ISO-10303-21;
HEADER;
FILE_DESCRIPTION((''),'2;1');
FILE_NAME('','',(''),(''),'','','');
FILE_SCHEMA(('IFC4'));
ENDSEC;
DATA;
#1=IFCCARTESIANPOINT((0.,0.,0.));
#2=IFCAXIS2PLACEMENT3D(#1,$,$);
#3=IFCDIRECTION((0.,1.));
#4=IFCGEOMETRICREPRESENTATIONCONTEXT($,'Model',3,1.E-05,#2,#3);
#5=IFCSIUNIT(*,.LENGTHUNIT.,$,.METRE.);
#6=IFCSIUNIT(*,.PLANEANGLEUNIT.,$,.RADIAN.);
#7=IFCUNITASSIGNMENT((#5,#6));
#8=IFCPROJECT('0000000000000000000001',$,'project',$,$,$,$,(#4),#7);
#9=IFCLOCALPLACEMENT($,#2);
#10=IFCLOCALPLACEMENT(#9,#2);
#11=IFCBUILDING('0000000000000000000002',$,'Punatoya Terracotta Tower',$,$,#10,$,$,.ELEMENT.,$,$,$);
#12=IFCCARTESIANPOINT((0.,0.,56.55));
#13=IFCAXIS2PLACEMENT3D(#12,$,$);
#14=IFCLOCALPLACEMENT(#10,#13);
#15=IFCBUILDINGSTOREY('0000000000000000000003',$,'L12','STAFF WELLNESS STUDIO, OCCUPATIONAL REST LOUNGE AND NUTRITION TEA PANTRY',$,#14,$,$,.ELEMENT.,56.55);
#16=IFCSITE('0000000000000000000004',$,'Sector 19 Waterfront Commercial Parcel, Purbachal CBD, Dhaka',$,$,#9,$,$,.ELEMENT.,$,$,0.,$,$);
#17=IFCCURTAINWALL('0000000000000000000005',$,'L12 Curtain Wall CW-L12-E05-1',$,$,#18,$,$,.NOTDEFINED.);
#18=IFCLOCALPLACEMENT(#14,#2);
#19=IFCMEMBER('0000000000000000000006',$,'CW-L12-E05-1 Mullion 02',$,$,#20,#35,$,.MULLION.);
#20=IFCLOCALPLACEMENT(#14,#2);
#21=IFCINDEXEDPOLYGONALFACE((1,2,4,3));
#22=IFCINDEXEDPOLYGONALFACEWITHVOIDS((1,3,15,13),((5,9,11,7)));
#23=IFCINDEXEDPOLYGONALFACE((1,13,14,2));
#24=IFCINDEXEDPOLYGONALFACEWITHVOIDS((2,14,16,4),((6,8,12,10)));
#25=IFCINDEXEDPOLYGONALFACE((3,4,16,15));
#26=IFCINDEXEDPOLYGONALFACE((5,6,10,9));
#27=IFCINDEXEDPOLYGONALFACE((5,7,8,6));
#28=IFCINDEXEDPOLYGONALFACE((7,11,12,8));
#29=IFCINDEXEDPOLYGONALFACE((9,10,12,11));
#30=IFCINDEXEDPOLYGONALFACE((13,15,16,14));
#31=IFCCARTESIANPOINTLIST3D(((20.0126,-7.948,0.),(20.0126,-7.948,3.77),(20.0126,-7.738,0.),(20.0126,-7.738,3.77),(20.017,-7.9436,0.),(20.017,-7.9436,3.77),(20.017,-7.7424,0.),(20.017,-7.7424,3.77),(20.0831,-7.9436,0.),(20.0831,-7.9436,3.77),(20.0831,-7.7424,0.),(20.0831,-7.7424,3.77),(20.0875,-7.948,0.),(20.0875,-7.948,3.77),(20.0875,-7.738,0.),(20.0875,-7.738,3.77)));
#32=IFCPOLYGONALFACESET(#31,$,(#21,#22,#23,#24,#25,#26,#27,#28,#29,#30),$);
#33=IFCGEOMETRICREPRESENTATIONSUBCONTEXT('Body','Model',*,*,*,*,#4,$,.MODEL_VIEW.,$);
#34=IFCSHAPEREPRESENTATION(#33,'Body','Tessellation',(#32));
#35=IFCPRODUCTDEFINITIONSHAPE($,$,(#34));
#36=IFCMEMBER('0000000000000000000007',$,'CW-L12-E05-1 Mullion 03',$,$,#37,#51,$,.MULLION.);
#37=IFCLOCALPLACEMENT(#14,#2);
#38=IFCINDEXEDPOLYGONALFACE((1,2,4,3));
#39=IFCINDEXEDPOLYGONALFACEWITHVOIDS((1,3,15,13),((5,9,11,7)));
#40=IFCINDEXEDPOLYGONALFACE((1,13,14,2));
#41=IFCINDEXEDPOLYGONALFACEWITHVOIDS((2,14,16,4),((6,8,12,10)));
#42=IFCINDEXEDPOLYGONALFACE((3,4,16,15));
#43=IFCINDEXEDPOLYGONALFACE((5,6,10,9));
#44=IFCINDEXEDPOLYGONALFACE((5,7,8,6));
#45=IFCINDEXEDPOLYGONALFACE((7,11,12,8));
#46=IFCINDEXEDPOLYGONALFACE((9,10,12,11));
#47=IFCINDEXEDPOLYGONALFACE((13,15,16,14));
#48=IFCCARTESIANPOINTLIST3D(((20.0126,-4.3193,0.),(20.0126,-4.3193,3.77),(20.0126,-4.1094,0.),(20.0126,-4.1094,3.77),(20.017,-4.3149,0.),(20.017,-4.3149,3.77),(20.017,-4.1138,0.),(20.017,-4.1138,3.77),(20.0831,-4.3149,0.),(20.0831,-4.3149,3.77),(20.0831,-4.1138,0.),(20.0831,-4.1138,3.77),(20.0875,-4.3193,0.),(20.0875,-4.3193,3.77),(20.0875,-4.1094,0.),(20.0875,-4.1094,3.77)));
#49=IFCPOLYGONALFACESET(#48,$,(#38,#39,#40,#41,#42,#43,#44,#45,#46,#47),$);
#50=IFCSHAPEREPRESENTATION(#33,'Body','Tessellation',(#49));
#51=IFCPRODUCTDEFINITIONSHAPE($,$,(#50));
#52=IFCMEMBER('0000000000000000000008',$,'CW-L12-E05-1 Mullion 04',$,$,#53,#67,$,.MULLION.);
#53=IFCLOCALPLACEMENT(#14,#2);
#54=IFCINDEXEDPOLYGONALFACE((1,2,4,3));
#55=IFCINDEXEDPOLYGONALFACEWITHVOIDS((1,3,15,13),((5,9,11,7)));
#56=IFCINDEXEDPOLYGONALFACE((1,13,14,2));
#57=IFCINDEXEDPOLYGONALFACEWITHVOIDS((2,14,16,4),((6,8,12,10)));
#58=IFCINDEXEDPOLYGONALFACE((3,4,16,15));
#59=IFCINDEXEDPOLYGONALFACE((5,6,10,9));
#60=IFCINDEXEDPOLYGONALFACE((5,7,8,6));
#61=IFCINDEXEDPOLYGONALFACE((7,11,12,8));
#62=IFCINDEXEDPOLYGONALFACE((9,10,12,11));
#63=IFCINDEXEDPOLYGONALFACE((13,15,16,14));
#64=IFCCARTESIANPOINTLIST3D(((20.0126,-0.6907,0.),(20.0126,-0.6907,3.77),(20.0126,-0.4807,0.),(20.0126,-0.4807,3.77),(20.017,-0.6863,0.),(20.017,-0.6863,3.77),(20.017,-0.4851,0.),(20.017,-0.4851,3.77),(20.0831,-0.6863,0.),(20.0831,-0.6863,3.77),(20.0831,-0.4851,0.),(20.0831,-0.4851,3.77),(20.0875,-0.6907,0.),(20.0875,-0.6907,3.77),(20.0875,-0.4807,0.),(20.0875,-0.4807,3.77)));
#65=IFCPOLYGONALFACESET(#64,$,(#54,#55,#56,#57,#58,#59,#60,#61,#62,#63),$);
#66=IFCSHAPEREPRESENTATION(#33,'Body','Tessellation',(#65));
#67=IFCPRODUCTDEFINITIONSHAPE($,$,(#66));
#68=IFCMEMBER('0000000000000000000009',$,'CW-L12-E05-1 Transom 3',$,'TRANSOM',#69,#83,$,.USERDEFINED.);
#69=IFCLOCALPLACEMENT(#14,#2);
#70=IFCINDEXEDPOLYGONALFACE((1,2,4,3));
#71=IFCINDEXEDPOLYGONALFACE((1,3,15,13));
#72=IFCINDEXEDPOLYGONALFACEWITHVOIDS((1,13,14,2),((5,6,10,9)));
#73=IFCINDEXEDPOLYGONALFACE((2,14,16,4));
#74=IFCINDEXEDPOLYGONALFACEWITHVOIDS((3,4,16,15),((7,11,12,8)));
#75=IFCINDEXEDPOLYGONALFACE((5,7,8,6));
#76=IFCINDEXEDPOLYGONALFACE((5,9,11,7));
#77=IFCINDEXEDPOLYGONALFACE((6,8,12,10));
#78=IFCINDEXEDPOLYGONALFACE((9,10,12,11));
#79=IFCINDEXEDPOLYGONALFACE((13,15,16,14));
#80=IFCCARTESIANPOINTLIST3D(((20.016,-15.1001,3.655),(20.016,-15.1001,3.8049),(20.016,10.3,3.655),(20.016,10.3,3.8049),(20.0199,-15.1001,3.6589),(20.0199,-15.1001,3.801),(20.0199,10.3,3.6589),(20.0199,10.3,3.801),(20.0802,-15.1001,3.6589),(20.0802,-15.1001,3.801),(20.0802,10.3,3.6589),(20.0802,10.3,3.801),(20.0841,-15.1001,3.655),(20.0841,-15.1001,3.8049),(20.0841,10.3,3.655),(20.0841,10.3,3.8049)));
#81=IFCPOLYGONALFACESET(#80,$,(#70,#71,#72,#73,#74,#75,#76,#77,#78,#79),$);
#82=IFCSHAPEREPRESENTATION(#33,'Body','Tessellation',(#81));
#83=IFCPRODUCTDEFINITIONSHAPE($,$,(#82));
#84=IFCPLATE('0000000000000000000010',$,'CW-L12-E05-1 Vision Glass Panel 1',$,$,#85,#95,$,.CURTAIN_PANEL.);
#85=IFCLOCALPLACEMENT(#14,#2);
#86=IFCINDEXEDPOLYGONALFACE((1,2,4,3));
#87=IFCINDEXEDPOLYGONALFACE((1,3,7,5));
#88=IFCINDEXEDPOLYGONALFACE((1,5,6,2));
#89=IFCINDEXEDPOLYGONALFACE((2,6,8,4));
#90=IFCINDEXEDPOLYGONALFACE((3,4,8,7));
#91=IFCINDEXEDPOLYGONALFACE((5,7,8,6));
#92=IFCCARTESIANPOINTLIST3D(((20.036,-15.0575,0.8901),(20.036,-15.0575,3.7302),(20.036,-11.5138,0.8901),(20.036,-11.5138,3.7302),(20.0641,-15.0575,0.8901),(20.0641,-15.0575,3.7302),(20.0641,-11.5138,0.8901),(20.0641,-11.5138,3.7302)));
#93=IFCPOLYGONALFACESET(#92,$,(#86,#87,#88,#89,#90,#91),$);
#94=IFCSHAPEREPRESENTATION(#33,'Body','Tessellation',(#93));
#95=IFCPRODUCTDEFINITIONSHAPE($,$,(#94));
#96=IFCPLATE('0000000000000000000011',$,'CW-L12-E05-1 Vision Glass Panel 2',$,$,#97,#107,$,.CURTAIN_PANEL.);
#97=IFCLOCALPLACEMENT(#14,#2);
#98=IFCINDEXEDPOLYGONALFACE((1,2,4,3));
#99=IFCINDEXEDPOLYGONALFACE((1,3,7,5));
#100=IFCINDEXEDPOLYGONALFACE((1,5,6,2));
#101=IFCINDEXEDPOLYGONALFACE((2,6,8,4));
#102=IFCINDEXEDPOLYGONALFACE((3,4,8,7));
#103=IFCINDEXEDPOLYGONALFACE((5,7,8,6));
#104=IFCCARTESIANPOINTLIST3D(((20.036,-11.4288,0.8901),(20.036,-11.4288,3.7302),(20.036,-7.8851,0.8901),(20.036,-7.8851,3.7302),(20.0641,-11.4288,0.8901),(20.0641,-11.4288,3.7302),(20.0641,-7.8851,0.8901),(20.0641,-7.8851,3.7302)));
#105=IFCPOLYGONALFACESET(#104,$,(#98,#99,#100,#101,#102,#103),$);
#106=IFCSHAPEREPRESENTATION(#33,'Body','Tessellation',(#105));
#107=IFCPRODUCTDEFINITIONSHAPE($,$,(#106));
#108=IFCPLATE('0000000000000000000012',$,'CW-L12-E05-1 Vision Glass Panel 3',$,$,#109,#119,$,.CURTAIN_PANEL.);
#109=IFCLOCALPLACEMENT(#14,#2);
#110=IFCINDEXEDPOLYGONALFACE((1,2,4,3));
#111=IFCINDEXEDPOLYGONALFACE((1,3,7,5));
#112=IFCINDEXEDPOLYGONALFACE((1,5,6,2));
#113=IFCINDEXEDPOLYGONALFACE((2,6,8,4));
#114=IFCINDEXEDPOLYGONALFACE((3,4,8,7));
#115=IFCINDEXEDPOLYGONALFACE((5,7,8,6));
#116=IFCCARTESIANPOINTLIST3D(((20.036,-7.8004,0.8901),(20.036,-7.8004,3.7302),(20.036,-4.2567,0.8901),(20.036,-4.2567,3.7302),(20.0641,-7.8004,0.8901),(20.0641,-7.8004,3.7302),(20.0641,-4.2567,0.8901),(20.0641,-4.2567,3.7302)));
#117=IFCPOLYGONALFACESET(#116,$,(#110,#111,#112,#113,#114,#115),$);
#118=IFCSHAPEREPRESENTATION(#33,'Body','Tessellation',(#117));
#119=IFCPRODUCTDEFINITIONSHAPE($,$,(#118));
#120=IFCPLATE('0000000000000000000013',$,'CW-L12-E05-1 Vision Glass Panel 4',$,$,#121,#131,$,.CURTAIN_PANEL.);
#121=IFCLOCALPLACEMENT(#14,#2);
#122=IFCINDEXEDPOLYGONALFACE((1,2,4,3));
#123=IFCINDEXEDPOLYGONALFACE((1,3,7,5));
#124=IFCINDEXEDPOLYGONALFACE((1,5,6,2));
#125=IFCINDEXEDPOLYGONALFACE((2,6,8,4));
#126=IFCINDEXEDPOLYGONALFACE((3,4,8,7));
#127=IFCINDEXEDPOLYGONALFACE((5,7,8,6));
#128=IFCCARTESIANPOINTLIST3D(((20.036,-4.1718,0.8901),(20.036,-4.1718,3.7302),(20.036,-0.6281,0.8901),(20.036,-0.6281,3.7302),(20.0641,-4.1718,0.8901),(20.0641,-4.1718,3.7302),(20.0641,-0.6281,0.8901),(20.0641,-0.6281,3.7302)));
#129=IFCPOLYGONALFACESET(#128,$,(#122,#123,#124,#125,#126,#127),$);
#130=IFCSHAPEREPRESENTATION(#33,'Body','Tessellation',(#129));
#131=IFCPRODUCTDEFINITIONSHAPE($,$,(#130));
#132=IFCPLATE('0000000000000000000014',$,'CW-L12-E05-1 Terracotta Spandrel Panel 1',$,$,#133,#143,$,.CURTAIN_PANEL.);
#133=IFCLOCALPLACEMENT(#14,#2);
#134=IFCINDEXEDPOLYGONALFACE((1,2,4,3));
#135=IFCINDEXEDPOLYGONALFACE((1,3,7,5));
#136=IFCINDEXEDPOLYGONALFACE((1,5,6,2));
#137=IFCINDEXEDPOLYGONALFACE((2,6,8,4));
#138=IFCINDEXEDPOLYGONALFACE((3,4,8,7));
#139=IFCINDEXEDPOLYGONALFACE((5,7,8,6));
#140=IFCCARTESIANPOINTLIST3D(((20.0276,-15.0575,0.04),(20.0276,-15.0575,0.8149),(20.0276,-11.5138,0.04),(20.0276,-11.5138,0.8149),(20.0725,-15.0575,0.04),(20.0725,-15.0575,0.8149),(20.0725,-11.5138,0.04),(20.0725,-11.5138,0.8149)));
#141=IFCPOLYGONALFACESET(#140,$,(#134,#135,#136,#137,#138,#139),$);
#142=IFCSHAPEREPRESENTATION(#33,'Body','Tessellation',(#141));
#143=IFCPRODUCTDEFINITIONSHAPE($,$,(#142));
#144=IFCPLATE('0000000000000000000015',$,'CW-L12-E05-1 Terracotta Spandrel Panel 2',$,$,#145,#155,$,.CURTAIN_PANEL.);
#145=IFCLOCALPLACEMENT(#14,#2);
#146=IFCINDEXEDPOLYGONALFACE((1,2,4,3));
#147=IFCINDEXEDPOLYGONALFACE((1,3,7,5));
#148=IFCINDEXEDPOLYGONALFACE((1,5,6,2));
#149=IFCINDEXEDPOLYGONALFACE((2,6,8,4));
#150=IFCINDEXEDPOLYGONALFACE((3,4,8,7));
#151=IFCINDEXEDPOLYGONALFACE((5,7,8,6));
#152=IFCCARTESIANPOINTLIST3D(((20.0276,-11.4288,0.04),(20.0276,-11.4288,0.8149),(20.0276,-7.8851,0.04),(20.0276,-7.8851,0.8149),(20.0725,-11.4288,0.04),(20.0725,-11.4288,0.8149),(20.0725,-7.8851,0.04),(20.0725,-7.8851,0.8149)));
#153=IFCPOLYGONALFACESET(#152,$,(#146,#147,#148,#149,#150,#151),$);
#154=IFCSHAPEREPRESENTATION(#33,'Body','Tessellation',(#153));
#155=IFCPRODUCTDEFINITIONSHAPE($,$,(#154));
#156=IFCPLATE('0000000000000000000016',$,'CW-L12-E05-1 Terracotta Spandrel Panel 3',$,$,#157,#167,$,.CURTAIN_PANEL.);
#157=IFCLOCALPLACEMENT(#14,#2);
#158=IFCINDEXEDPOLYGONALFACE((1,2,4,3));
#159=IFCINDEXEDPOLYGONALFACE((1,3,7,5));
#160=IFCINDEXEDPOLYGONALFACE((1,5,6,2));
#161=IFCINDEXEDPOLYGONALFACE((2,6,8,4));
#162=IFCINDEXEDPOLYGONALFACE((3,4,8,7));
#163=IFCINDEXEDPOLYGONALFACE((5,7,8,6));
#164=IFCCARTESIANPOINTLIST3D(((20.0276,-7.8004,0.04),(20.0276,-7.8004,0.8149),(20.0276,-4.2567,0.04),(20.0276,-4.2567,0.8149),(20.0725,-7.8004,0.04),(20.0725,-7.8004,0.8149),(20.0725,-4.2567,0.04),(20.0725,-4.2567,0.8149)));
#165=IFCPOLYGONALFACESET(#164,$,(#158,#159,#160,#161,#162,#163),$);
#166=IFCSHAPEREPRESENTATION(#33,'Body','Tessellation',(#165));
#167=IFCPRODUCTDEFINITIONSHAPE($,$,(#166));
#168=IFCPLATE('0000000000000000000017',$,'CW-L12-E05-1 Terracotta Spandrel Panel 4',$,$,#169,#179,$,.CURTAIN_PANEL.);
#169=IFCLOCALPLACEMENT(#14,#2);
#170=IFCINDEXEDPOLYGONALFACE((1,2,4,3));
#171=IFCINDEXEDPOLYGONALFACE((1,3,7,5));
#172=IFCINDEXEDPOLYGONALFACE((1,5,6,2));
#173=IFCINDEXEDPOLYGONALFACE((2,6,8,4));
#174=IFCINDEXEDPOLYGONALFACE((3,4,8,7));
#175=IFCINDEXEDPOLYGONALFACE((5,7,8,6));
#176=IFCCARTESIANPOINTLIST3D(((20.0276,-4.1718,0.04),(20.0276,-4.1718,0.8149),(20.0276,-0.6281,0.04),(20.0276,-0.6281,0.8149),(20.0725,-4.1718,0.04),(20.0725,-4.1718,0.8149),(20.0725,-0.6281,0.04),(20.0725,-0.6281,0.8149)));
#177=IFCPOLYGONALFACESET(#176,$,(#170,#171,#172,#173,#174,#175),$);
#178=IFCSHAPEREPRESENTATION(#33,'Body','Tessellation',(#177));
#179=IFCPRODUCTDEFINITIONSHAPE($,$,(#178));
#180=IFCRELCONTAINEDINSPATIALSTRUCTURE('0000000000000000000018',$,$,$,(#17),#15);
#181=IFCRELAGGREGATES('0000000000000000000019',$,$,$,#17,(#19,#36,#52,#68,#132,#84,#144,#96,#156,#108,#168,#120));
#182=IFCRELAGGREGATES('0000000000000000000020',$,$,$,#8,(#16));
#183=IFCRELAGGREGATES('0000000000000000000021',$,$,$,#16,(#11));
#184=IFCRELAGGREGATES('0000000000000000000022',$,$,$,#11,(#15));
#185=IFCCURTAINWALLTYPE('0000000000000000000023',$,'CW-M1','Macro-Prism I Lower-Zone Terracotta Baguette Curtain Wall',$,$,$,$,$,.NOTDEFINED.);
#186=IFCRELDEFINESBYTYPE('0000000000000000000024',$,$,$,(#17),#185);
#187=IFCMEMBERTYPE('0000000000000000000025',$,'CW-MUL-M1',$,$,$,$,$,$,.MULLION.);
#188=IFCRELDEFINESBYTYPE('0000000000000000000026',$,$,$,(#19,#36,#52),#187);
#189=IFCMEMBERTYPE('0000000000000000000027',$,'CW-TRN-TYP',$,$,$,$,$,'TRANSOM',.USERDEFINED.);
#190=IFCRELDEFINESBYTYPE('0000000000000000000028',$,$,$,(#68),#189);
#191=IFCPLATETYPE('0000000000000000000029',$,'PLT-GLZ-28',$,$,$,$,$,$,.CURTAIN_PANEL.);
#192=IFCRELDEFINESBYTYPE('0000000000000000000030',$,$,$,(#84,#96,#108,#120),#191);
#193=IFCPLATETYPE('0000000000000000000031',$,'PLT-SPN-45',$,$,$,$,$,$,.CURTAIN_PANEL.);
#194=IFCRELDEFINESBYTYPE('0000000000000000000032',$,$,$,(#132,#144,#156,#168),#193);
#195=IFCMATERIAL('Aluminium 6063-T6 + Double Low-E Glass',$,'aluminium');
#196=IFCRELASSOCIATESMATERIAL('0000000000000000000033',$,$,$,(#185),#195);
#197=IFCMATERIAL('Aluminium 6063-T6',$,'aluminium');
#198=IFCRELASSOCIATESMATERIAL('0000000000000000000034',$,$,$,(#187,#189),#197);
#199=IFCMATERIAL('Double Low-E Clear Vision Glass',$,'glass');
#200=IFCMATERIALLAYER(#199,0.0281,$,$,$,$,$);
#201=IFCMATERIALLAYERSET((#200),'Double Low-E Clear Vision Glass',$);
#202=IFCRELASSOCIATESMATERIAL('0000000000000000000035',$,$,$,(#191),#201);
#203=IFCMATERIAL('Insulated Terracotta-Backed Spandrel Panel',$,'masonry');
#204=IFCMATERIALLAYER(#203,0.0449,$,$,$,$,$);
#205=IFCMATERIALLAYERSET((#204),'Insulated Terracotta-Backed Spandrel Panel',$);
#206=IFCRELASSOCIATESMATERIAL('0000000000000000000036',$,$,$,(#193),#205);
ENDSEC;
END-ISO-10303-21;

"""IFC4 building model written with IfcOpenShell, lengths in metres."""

from ifc_helpers import new_model, si_unit, direction, frame, origin, origin_2d, place, context, subcontext, project, spatial, rectangle, hollow_rectangle, extrude, material, layer, layer_set, material_profile, profile_set, type_object, element, aggregate, save


model = new_model("IFC4")

# Units and contexts
model_context = context("Model", 3, precision=1e-05, world=origin(), true_north=direction((0.0, 1.0)))
body_context = subcontext(model_context, "Body", "Model", "MODEL_VIEW")
ifc_project = project(units=[si_unit("LENGTHUNIT", "METRE"), si_unit("PLANEANGLEUNIT", "RADIAN")], contexts=[model_context])

# Site, building, storey
site_placement = place(None, origin())
site = spatial("IfcSite", under=ifc_project, at=site_placement, Name="Sector 19 Waterfront Commercial Parcel, Purbachal CBD, Dhaka", CompositionType="ELEMENT", RefElevation=0.0)
building_placement = place(site_placement, origin())
building = spatial("IfcBuilding", under=site, at=building_placement, Name="Punatoya Terracotta Tower", CompositionType="ELEMENT")
storey_placement = place(building_placement, frame((0.0, 0.0, 56.55)))
storey = spatial("IfcBuildingStorey", under=building, at=storey_placement, Name="L12", Description="STAFF WELLNESS STUDIO, OCCUPATIONAL REST LOUNGE AND NUTRITION TEA PANTRY", CompositionType="ELEMENT", Elevation=56.55)

# Curtain wall, members, plates
ifc_material_1 = material(Name="Aluminium 6063-T6 + Double Low-E Glass", Category="aluminium")
curtain_wall_type = type_object("IfcCurtainWallType", Name="CW-M1", Description="Macro-Prism I Lower-Zone Terracotta Baguette Curtain Wall", PredefinedType="NOTDEFINED", material=ifc_material_1)
curtain_wall_placement = place(storey_placement, origin())
curtain_wall = element("IfcCurtainWall", 1, at=curtain_wall_placement, inside=storey, type_object=curtain_wall_type, Name="L12 Curtain Wall CW-L12-E05-1", PredefinedType="NOTDEFINED")
ifc_material_2 = material(Name="Aluminium 6063-T6", Category="aluminium")
ifc_material_profile_1 = material_profile(ifc_material_2, hollow_rectangle(XDim=0.075, YDim=0.21, WallThickness=0.0044, at=origin_2d()))
ifc_profile_set_1 = profile_set([ifc_material_profile_1], Name="Aluminium 6063-T6")
member_type_1 = type_object("IfcMemberType", Name="CW-MUL-M1", PredefinedType="MULLION", material=ifc_profile_set_1)
member_1_placement = place(storey_placement, frame((20.05, -7.843, 0.0), z_axis=(0.0, 0.0, 1.0), x_axis=(1.0, 0.0, 0.0)))
member_1 = element("IfcMember", 2, at=member_1_placement, type_object=member_type_1, Name="CW-L12-E05-1 Mullion 02", PredefinedType="MULLION", context=body_context, shape_type="SweptSolid", body=[
    extrude(hollow_rectangle(XDim=0.075, YDim=0.21, WallThickness=0.0044, at=origin_2d()), origin(), (0.0, 0.0, 1.0), 3.77),
])
member_2_placement = place(storey_placement, frame((20.05, -4.2144, 0.0), z_axis=(0.0, 0.0, 1.0), x_axis=(1.0, 0.0, 0.0)))
member_2 = element("IfcMember", 3, at=member_2_placement, type_object=member_type_1, Name="CW-L12-E05-1 Mullion 03", PredefinedType="MULLION", context=body_context, shape_type="SweptSolid", body=[
    extrude(hollow_rectangle(XDim=0.075, YDim=0.21, WallThickness=0.0044, at=origin_2d()), origin(), (0.0, 0.0, 1.0), 3.77),
])
member_3_placement = place(storey_placement, frame((20.05, -0.5857, 0.0), z_axis=(0.0, 0.0, 1.0), x_axis=(1.0, 0.0, 0.0)))
member_3 = element("IfcMember", 4, at=member_3_placement, type_object=member_type_1, Name="CW-L12-E05-1 Mullion 04", PredefinedType="MULLION", context=body_context, shape_type="SweptSolid", body=[
    extrude(hollow_rectangle(XDim=0.075, YDim=0.21, WallThickness=0.0044, at=origin_2d()), origin(), (0.0, 0.0, 1.0), 3.77),
])
ifc_material_profile_2 = material_profile(ifc_material_2, hollow_rectangle(XDim=0.0681, YDim=0.1499, WallThickness=0.0039, at=origin_2d()))
ifc_profile_set_2 = profile_set([ifc_material_profile_2], Name="Aluminium 6063-T6")
member_type_2 = type_object("IfcMemberType", Name="CW-TRN-TYP", ElementType="TRANSOM", PredefinedType="USERDEFINED", material=ifc_profile_set_2)
member_4_placement = place(storey_placement, frame((20.05, -15.1001, 3.73), z_axis=(0.0, 1.0, 0.0), x_axis=(-1.0, 0.0, 0.0)))
member_4 = element("IfcMember", 5, at=member_4_placement, type_object=member_type_2, Name="CW-L12-E05-1 Transom 3", ObjectType="TRANSOM", PredefinedType="USERDEFINED", context=body_context, shape_type="SweptSolid", body=[
    extrude(hollow_rectangle(XDim=0.0681, YDim=0.1499, WallThickness=0.0039, at=origin_2d()), origin(), (0.0, 0.0, 1.0), 25.4001),
])
ifc_material_3 = material(Name="Double Low-E Clear Vision Glass", Category="glass")
ifc_layer_1 = layer(ifc_material_3, 0.0281)
ifc_layer_set_1 = layer_set([ifc_layer_1], Name="Double Low-E Clear Vision Glass")
plate_type_1 = type_object("IfcPlateType", Name="PLT-GLZ-28", PredefinedType="CURTAIN_PANEL", material=ifc_layer_set_1)
plate_1_placement = place(storey_placement, frame((20.05, -13.2856, 0.8901), z_axis=(0.0, 0.0, 1.0), x_axis=(0.0, 1.0, 0.0)))
plate_1 = element("IfcPlate", 6, at=plate_1_placement, type_object=plate_type_1, Name="CW-L12-E05-1 Vision Glass Panel 1", PredefinedType="CURTAIN_PANEL", context=body_context, shape_type="SweptSolid", body=[
    extrude(rectangle(XDim=3.5437, YDim=0.0281, at=origin_2d()), origin(), (0.0, 0.0, 1.0), 2.8401),
])
plate_2_placement = place(storey_placement, frame((20.05, -9.657, 0.8901), z_axis=(0.0, 0.0, 1.0), x_axis=(0.0, 1.0, 0.0)))
plate_2 = element("IfcPlate", 7, at=plate_2_placement, type_object=plate_type_1, Name="CW-L12-E05-1 Vision Glass Panel 2", PredefinedType="CURTAIN_PANEL", context=body_context, shape_type="SweptSolid", body=[
    extrude(rectangle(XDim=3.5437, YDim=0.0281, at=origin_2d()), origin(), (0.0, 0.0, 1.0), 2.8401),
])
plate_3_placement = place(storey_placement, frame((20.05, -6.0286, 0.8901), z_axis=(0.0, 0.0, 1.0), x_axis=(0.0, 1.0, 0.0)))
plate_3 = element("IfcPlate", 8, at=plate_3_placement, type_object=plate_type_1, Name="CW-L12-E05-1 Vision Glass Panel 3", PredefinedType="CURTAIN_PANEL", context=body_context, shape_type="SweptSolid", body=[
    extrude(rectangle(XDim=3.5437, YDim=0.0281, at=origin_2d()), origin(), (0.0, 0.0, 1.0), 2.8401),
])
plate_4_placement = place(storey_placement, frame((20.05, -2.3999, 0.8901), z_axis=(0.0, 0.0, 1.0), x_axis=(0.0, 1.0, 0.0)))
plate_4 = element("IfcPlate", 9, at=plate_4_placement, type_object=plate_type_1, Name="CW-L12-E05-1 Vision Glass Panel 4", PredefinedType="CURTAIN_PANEL", context=body_context, shape_type="SweptSolid", body=[
    extrude(rectangle(XDim=3.5437, YDim=0.0281, at=origin_2d()), origin(), (0.0, 0.0, 1.0), 2.8401),
])
ifc_material_4 = material(Name="Insulated Terracotta-Backed Spandrel Panel", Category="masonry")
ifc_layer_2 = layer(ifc_material_4, 0.0449)
ifc_layer_set_2 = layer_set([ifc_layer_2], Name="Insulated Terracotta-Backed Spandrel Panel")
plate_type_2 = type_object("IfcPlateType", Name="PLT-SPN-45", PredefinedType="CURTAIN_PANEL", material=ifc_layer_set_2)
plate_5_placement = place(storey_placement, frame((20.05, -13.2856, 0.04), z_axis=(0.0, 0.0, 1.0), x_axis=(0.0, 1.0, 0.0)))
plate_5 = element("IfcPlate", 10, at=plate_5_placement, type_object=plate_type_2, Name="CW-L12-E05-1 Terracotta Spandrel Panel 1", PredefinedType="CURTAIN_PANEL", context=body_context, shape_type="SweptSolid", body=[
    extrude(rectangle(XDim=3.5437, YDim=0.0449, at=origin_2d()), origin(), (0.0, 0.0, 1.0), 0.7749),
])
plate_6_placement = place(storey_placement, frame((20.05, -9.657, 0.04), z_axis=(0.0, 0.0, 1.0), x_axis=(0.0, 1.0, 0.0)))
plate_6 = element("IfcPlate", 11, at=plate_6_placement, type_object=plate_type_2, Name="CW-L12-E05-1 Terracotta Spandrel Panel 2", PredefinedType="CURTAIN_PANEL", context=body_context, shape_type="SweptSolid", body=[
    extrude(rectangle(XDim=3.5437, YDim=0.0449, at=origin_2d()), origin(), (0.0, 0.0, 1.0), 0.7749),
])
plate_7_placement = place(storey_placement, frame((20.05, -6.0286, 0.04), z_axis=(0.0, 0.0, 1.0), x_axis=(0.0, 1.0, 0.0)))
plate_7 = element("IfcPlate", 12, at=plate_7_placement, type_object=plate_type_2, Name="CW-L12-E05-1 Terracotta Spandrel Panel 3", PredefinedType="CURTAIN_PANEL", context=body_context, shape_type="SweptSolid", body=[
    extrude(rectangle(XDim=3.5437, YDim=0.0449, at=origin_2d()), origin(), (0.0, 0.0, 1.0), 0.7749),
])
plate_8_placement = place(storey_placement, frame((20.05, -2.3999, 0.04), z_axis=(0.0, 0.0, 1.0), x_axis=(0.0, 1.0, 0.0)))
plate_8 = element("IfcPlate", 13, at=plate_8_placement, type_object=plate_type_2, Name="CW-L12-E05-1 Terracotta Spandrel Panel 4", PredefinedType="CURTAIN_PANEL", context=body_context, shape_type="SweptSolid", body=[
    extrude(rectangle(XDim=3.5437, YDim=0.0449, at=origin_2d()), origin(), (0.0, 0.0, 1.0), 0.7749),
])
aggregate(curtain_wall, [member_1, member_2, member_3, member_4, plate_5, plate_1, plate_6, plate_2, plate_7, plate_3, plate_8, plate_4])

save(model, "model.ifc")
